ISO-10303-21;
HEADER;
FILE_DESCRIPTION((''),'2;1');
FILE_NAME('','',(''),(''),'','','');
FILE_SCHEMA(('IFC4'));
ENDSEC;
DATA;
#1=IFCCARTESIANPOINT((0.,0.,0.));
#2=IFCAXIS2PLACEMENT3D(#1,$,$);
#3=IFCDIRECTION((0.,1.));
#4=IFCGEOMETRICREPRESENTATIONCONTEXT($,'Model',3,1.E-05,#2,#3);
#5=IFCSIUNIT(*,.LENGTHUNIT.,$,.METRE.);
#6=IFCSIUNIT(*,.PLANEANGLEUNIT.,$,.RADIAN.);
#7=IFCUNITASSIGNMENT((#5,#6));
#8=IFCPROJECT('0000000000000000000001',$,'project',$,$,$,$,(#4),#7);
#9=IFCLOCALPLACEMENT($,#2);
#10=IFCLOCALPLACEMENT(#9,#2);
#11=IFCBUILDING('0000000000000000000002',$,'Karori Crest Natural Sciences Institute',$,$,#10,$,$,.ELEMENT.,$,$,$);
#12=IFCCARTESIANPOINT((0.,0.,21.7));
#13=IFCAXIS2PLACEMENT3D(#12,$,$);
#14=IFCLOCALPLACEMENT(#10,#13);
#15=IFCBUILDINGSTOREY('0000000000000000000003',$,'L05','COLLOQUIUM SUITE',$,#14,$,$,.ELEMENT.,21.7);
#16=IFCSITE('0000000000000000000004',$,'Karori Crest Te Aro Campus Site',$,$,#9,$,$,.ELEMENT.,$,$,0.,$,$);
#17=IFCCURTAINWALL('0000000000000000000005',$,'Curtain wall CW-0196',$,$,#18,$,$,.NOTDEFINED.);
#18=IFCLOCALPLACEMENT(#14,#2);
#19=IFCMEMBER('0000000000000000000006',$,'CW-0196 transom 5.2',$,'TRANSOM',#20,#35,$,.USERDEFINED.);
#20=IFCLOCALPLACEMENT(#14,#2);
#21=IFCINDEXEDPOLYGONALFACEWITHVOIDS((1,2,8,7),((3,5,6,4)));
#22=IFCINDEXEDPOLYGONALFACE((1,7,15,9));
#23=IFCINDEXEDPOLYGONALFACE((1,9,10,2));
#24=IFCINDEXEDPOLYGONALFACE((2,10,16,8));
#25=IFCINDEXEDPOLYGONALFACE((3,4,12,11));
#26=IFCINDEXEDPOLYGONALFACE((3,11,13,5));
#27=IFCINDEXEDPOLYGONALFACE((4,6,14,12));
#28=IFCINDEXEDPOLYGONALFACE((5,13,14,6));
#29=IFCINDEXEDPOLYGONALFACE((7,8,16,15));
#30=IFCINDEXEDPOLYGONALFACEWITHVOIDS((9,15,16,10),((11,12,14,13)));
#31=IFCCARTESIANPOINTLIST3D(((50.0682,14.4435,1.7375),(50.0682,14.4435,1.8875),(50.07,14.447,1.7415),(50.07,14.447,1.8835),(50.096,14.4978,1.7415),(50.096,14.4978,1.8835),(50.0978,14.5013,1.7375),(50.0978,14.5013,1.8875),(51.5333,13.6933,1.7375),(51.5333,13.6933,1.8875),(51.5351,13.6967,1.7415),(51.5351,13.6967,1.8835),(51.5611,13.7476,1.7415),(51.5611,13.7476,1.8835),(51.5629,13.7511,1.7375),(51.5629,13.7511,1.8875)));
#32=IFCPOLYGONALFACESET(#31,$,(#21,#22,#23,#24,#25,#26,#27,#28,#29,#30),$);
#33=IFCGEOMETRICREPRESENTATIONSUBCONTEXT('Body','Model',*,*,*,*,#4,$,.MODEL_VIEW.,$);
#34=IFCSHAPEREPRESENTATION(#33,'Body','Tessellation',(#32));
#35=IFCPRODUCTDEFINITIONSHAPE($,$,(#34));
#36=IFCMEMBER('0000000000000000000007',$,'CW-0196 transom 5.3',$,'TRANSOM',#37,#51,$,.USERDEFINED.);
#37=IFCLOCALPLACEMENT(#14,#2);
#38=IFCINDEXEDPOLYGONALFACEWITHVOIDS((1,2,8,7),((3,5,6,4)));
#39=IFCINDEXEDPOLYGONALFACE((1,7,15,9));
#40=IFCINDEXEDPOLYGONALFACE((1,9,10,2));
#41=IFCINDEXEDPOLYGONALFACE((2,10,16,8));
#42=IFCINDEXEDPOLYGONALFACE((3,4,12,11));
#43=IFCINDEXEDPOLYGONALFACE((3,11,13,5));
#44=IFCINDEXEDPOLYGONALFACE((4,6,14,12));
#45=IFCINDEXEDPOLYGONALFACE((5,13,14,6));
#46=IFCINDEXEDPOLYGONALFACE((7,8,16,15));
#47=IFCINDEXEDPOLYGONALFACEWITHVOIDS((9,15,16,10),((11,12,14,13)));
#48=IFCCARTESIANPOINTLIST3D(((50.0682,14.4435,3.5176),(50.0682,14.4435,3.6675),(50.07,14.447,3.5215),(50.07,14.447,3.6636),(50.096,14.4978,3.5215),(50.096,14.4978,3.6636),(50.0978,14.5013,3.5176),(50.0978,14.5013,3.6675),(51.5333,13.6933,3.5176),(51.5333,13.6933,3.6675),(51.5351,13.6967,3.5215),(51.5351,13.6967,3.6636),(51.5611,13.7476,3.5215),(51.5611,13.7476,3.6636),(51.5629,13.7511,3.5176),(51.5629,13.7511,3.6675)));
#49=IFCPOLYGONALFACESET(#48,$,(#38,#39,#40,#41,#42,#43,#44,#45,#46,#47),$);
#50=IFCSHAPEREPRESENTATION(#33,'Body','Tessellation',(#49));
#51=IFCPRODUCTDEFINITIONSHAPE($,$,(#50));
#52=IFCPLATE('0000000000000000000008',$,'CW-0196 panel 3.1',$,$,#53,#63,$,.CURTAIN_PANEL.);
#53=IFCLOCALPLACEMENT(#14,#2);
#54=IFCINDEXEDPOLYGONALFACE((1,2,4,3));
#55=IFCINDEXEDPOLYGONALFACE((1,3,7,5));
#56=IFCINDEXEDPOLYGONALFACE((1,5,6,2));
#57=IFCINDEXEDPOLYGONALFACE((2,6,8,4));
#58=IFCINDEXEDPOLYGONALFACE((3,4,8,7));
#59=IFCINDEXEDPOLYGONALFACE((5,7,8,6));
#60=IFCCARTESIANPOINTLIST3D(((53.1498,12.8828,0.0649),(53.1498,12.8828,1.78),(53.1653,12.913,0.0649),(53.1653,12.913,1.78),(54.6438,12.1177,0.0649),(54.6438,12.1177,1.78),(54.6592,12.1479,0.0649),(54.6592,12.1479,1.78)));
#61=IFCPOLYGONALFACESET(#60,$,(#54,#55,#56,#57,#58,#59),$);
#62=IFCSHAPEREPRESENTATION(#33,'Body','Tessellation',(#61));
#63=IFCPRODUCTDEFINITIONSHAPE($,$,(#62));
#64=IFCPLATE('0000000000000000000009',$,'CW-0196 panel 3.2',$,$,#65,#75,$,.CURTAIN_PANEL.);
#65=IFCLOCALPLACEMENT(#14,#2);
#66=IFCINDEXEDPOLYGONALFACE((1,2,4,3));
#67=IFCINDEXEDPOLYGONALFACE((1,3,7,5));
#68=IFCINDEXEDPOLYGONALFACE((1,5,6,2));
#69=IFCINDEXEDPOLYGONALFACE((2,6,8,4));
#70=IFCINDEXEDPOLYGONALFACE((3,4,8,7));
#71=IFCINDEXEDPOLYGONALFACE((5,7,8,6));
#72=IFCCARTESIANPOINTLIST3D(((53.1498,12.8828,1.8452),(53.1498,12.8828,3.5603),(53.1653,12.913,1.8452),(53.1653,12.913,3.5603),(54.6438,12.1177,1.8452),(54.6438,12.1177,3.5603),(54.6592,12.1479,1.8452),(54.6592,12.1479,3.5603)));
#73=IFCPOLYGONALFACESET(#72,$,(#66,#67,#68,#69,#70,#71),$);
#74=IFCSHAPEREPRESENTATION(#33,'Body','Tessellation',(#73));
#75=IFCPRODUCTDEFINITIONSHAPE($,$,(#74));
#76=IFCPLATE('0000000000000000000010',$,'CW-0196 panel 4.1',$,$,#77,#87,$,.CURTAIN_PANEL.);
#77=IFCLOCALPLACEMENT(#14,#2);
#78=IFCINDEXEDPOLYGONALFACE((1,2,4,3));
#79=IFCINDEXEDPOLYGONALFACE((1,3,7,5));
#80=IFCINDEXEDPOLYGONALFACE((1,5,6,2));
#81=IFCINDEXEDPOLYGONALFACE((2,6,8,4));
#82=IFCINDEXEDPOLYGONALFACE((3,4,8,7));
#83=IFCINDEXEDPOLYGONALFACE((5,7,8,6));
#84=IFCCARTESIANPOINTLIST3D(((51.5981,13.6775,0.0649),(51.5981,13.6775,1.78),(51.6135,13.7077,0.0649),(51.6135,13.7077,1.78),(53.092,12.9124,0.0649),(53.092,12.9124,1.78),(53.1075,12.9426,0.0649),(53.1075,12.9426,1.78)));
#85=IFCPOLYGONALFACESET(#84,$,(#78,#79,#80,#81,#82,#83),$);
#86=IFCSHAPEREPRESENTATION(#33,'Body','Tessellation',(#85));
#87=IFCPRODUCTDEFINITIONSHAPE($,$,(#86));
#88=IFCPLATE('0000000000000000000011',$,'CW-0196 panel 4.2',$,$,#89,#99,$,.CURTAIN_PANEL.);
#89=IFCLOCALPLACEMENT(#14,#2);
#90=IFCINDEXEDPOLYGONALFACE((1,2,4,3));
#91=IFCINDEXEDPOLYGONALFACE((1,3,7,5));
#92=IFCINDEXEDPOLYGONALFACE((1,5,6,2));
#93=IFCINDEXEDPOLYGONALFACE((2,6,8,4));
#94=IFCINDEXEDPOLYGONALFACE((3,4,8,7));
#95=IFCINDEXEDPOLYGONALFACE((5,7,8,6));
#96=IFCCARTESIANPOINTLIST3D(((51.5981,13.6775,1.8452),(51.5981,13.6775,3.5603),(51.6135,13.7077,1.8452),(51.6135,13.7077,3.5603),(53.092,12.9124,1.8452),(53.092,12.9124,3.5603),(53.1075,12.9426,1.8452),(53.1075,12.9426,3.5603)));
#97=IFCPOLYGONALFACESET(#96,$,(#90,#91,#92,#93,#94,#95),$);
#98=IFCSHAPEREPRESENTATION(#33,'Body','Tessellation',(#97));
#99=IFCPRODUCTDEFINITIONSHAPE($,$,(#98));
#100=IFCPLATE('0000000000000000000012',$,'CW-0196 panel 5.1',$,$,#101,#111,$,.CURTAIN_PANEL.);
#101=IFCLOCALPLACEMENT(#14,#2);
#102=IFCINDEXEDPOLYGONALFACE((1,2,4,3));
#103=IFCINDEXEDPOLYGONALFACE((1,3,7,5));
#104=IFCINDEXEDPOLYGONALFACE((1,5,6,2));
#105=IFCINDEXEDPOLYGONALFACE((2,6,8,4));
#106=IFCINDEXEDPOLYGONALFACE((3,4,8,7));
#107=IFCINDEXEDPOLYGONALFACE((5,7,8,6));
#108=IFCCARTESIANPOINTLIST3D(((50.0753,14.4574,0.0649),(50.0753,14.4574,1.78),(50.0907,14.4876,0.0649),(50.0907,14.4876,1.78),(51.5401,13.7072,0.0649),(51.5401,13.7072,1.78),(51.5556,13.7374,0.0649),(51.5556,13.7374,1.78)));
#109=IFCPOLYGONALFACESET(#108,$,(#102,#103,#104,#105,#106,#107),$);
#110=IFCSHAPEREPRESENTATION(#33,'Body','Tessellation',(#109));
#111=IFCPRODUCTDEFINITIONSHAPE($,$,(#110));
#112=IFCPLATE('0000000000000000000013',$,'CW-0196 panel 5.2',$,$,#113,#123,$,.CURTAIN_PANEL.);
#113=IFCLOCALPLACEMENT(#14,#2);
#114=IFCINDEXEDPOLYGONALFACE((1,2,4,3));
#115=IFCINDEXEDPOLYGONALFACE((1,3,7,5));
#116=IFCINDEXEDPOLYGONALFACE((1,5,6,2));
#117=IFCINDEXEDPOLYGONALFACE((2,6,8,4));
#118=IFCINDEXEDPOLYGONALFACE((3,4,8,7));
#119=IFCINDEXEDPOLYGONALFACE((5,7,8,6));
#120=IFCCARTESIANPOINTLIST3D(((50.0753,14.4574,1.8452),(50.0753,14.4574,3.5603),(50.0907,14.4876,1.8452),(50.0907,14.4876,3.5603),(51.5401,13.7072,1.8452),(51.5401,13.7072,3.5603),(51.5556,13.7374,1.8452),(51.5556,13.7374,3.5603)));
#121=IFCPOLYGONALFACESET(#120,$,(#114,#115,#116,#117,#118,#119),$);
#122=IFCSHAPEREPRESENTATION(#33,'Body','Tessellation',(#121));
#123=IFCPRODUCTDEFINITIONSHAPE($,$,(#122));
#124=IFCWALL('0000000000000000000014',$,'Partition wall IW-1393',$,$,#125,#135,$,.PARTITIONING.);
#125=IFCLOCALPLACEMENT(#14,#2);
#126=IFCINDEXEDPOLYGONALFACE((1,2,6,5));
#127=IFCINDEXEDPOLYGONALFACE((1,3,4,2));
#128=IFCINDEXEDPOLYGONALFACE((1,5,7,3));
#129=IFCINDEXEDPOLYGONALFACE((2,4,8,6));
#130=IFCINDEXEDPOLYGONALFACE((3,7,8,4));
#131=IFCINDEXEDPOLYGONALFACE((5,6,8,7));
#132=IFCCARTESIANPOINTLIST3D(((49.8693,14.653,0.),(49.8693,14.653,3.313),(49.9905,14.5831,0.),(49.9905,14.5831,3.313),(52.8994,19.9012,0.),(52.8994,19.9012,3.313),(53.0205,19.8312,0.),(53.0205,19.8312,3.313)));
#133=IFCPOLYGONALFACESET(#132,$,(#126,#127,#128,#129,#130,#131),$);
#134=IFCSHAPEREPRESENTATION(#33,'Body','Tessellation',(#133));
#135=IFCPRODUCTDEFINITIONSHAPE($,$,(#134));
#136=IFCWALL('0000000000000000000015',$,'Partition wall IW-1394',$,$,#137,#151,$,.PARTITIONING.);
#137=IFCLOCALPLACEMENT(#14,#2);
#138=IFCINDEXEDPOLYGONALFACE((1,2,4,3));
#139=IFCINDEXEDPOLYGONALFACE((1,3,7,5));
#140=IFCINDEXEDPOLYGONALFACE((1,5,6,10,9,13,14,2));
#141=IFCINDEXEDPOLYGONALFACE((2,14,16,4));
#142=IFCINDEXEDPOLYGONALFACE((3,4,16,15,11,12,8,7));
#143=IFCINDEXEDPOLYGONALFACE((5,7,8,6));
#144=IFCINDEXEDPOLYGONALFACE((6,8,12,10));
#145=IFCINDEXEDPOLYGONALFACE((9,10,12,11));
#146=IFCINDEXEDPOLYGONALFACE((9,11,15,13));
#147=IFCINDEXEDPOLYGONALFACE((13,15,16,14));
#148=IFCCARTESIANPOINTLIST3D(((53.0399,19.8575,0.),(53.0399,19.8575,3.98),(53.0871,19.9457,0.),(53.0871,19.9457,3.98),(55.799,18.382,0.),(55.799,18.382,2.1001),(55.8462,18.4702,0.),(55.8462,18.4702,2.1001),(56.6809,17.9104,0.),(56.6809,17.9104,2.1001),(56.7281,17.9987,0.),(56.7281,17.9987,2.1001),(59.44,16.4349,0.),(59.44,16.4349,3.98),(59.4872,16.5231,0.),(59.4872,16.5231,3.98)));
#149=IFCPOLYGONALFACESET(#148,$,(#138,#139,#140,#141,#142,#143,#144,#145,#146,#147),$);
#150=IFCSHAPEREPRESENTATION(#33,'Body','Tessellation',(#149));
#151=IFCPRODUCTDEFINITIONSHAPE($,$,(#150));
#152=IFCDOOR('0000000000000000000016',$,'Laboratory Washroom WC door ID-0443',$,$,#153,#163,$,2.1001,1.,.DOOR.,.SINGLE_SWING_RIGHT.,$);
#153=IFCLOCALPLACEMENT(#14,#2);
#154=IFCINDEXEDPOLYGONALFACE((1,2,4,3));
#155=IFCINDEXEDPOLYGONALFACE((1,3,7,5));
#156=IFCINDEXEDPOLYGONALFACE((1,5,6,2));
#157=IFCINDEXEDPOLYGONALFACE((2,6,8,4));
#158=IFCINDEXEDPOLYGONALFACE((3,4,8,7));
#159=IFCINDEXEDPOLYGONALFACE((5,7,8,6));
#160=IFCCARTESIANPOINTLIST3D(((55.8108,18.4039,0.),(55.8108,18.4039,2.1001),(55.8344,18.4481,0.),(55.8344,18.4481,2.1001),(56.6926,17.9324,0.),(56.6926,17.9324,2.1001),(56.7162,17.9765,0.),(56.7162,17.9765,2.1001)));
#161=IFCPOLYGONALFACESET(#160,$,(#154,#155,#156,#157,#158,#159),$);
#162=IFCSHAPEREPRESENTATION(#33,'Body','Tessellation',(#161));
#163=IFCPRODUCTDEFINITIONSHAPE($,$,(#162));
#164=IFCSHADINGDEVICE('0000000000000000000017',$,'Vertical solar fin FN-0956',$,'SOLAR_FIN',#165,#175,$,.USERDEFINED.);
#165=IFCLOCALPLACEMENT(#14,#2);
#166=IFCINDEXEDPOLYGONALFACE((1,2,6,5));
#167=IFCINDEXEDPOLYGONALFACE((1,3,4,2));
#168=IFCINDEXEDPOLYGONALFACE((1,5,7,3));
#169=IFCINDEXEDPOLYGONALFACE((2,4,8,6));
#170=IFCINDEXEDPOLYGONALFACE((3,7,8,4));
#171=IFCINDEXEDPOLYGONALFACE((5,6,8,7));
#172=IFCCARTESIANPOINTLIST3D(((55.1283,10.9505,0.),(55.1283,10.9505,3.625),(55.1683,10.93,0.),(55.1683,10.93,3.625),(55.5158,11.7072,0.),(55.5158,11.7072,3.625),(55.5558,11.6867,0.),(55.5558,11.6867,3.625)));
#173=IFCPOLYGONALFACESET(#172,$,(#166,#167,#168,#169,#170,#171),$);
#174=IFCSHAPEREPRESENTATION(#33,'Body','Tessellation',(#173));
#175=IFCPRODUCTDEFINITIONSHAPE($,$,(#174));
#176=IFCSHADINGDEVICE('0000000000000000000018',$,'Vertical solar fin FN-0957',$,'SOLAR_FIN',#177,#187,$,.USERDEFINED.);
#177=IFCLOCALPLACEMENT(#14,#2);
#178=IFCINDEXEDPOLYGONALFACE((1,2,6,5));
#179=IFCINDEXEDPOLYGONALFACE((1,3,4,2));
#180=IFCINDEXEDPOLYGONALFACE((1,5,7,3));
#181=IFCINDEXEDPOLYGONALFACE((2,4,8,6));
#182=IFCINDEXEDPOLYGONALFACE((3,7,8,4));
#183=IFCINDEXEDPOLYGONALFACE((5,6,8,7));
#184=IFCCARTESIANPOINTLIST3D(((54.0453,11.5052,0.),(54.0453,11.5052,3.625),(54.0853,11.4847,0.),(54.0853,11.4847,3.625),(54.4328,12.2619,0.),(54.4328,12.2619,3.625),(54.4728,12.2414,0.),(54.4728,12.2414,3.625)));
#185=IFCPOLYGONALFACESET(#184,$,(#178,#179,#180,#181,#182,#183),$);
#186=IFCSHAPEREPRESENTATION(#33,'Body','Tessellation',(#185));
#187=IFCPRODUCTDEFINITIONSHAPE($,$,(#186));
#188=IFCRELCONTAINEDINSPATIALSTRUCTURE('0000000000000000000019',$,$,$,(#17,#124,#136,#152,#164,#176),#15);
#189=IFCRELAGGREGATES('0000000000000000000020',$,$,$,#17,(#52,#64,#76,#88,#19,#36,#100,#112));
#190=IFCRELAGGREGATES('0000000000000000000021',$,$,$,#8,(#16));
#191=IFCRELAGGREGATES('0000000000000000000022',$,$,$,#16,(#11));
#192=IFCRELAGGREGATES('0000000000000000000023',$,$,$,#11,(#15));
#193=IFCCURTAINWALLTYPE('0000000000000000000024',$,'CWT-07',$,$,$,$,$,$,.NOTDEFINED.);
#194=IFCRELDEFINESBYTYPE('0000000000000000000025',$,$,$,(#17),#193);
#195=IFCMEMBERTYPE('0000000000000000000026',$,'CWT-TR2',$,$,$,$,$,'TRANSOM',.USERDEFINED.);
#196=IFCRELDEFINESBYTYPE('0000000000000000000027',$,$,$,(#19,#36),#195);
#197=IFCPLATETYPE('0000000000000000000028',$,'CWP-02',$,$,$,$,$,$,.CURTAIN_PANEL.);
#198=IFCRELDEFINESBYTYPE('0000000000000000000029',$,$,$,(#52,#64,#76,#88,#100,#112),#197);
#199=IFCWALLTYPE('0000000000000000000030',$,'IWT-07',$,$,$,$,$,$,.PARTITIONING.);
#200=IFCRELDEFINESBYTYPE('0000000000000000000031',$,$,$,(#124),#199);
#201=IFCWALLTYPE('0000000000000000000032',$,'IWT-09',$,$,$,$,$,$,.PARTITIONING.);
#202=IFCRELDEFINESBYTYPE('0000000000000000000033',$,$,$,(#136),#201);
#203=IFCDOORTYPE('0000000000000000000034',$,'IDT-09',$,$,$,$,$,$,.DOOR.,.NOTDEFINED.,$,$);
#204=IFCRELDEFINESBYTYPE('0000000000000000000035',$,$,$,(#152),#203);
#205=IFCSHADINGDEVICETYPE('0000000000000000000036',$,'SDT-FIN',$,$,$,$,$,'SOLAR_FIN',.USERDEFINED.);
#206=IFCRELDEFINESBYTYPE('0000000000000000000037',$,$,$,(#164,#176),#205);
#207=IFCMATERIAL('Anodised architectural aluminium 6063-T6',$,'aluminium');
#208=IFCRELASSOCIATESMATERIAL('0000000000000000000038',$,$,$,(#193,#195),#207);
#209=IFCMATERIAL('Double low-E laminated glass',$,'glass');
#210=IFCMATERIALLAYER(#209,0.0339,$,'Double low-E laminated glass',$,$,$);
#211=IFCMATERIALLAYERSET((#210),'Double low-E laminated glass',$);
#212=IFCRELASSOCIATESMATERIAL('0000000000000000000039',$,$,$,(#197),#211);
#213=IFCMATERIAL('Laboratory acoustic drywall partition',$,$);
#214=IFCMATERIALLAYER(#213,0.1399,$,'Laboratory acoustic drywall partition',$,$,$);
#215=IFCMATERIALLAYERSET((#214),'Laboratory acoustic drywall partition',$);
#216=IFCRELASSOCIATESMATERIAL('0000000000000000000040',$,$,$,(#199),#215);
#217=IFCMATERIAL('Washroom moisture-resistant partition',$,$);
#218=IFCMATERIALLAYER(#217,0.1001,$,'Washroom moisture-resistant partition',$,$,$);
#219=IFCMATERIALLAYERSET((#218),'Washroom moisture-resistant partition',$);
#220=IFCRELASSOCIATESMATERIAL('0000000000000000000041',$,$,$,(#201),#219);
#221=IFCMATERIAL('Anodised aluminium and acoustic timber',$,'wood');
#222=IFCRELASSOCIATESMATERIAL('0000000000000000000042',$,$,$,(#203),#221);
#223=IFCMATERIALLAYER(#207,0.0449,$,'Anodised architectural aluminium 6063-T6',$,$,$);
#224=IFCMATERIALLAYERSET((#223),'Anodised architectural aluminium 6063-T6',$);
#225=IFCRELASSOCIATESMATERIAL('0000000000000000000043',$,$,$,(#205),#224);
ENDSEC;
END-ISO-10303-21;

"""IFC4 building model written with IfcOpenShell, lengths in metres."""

from ifc_helpers import new_model, si_unit, direction, frame, frame_2d, origin, origin_2d, place, context, subcontext, project, spatial, rectangle, hollow_rectangle, extrude, material, layer, layer_set, material_profile, profile_set, type_object, element, fill, aggregate, save


model = new_model("IFC4")

# Units and contexts
model_context = context("Model", 3, precision=1e-05, world=origin(), true_north=direction((0.0, 1.0)))
body_context = subcontext(model_context, "Body", "Model", "MODEL_VIEW")
ifc_project = project(units=[si_unit("LENGTHUNIT", "METRE"), si_unit("PLANEANGLEUNIT", "RADIAN")], contexts=[model_context])

# Site, building, storey
site_placement = place(None, origin())
site = spatial("IfcSite", under=ifc_project, at=site_placement, Name="Karori Crest Te Aro Campus Site", CompositionType="ELEMENT", RefElevation=0.0)
building_placement = place(site_placement, origin())
building = spatial("IfcBuilding", under=site, at=building_placement, Name="Karori Crest Natural Sciences Institute", CompositionType="ELEMENT")
storey_placement = place(building_placement, frame((0.0, 0.0, 21.7)))
storey = spatial("IfcBuildingStorey", under=building, at=storey_placement, Name="L05", Description="COLLOQUIUM SUITE", CompositionType="ELEMENT", Elevation=21.7)

# Shared definitions
ifc_material_1 = material(Name="Anodised architectural aluminium 6063-T6", Category="aluminium")

# Curtain wall
curtain_wall_type_1 = type_object("IfcCurtainWallType", Name="CWT-07", PredefinedType="NOTDEFINED", material=ifc_material_1)
curtain_wall_1_placement = place(storey_placement, origin())
curtain_wall_1 = element("IfcCurtainWall", 1, at=curtain_wall_1_placement, inside=storey, type_object=curtain_wall_type_1, Name="Curtain wall CW-0196", PredefinedType="NOTDEFINED")

# Members
ifc_material_profile_1 = material_profile(ifc_material_1, hollow_rectangle(XDim=0.0649, YDim=0.1499, WallThickness=0.0039, at=origin_2d()), Name="CWT150x65x4")
ifc_profile_set_1 = profile_set([ifc_material_profile_1], Name="Anodised architectural aluminium 6063-T6")
member_type_1 = type_object("IfcMemberType", Name="CWT-TR2", ElementType="TRANSOM", PredefinedType="USERDEFINED", material=ifc_profile_set_1)
member_1_placement = place(storey_placement, frame((51.5481, 13.7222, 1.8125), z_axis=(-0.890084, 0.455796, 0.0), x_axis=(-0.455796, -0.890084, 0.0)))
member_1 = element("IfcMember", 2, at=member_1_placement, type_object=member_type_1, Name="CW-0196 transom 5.2", ObjectType="TRANSOM", PredefinedType="USERDEFINED", context=body_context, shape_type="SweptSolid", body=[
    extrude(hollow_rectangle(XDim=0.0649, YDim=0.1499, WallThickness=0.0039, at=origin_2d()), origin(), (0.0, 0.0, 1.0), 1.646),
])
member_2_placement = place(storey_placement, frame((51.5481, 13.7222, 3.5925), z_axis=(-0.890084, 0.455796, 0.0), x_axis=(-0.455796, -0.890084, 0.0)))
member_2 = element("IfcMember", 3, at=member_2_placement, type_object=member_type_1, Name="CW-0196 transom 5.3", ObjectType="TRANSOM", PredefinedType="USERDEFINED", context=body_context, shape_type="SweptSolid", body=[
    extrude(hollow_rectangle(XDim=0.0649, YDim=0.1499, WallThickness=0.0039, at=origin_2d()), origin(), (0.0, 0.0, 1.0), 1.646),
])

# Plates
ifc_material_2 = material(Name="Double low-E laminated glass", Category="glass")
ifc_layer_1 = layer(ifc_material_2, 0.0339, Name="Double low-E laminated glass")
ifc_layer_set_1 = layer_set([ifc_layer_1], Name="Double low-E laminated glass")
plate_type = type_object("IfcPlateType", Name="CWP-02", PredefinedType="CURTAIN_PANEL", material=ifc_layer_set_1)
plate_1_placement = place(storey_placement, frame((53.9045, 12.5154, 0.0649), z_axis=(0.0, 0.0, 1.0), x_axis=(-0.890067, 0.455829, 0.0)))
plate_1 = element("IfcPlate", 4, at=plate_1_placement, type_object=plate_type, Name="CW-0196 panel 3.1", PredefinedType="CURTAIN_PANEL", context=body_context, shape_type="SweptSolid", body=[
    extrude(rectangle(XDim=1.6785, YDim=0.0339, at=origin_2d()), origin(), (0.0, 0.0, 1.0), 1.7151),
])
plate_2_placement = place(storey_placement, frame((53.9045, 12.5154, 1.8452), z_axis=(0.0, 0.0, 1.0), x_axis=(-0.890067, 0.455829, 0.0)))
plate_2 = element("IfcPlate", 5, at=plate_2_placement, type_object=plate_type, Name="CW-0196 panel 3.2", PredefinedType="CURTAIN_PANEL", context=body_context, shape_type="SweptSolid", body=[
    extrude(rectangle(XDim=1.6785, YDim=0.0339, at=origin_2d()), origin(), (0.0, 0.0, 1.0), 1.7151),
])
plate_3_placement = place(storey_placement, frame((52.3528, 13.3101, 0.0649), z_axis=(0.0, 0.0, 1.0), x_axis=(-0.890067, 0.455829, 0.0)))
plate_3 = element("IfcPlate", 6, at=plate_3_placement, type_object=plate_type, Name="CW-0196 panel 4.1", PredefinedType="CURTAIN_PANEL", context=body_context, shape_type="SweptSolid", body=[
    extrude(rectangle(XDim=1.6785, YDim=0.0339, at=origin_2d()), origin(), (0.0, 0.0, 1.0), 1.7151),
])
plate_4_placement = place(storey_placement, frame((52.3528, 13.3101, 1.8452), z_axis=(0.0, 0.0, 1.0), x_axis=(-0.890067, 0.455829, 0.0)))
plate_4 = element("IfcPlate", 7, at=plate_4_placement, type_object=plate_type, Name="CW-0196 panel 4.2", PredefinedType="CURTAIN_PANEL", context=body_context, shape_type="SweptSolid", body=[
    extrude(rectangle(XDim=1.6785, YDim=0.0339, at=origin_2d()), origin(), (0.0, 0.0, 1.0), 1.7151),
])
plate_5_placement = place(storey_placement, frame((50.8154, 14.0974, 0.0649), z_axis=(0.0, 0.0, 1.0), x_axis=(-0.890067, 0.455829, 0.0)))
plate_5 = element("IfcPlate", 8, at=plate_5_placement, type_object=plate_type, Name="CW-0196 panel 5.1", PredefinedType="CURTAIN_PANEL", context=body_context, shape_type="SweptSolid", body=[
    extrude(rectangle(XDim=1.6458, YDim=0.0339, at=origin_2d()), origin(), (0.0, 0.0, 1.0), 1.7151),
])
plate_6_placement = place(storey_placement, frame((50.8154, 14.0974, 1.8452), z_axis=(0.0, 0.0, 1.0), x_axis=(-0.890067, 0.455829, 0.0)))
plate_6 = element("IfcPlate", 9, at=plate_6_placement, type_object=plate_type, Name="CW-0196 panel 5.2", PredefinedType="CURTAIN_PANEL", context=body_context, shape_type="SweptSolid", body=[
    extrude(rectangle(XDim=1.6458, YDim=0.0339, at=origin_2d()), origin(), (0.0, 0.0, 1.0), 1.7151),
])
aggregate(curtain_wall_1, [plate_1, plate_2, plate_3, plate_4, member_1, member_2, plate_5, plate_6])

# Wall
ifc_material_3 = material(Name="Laboratory acoustic drywall partition")
ifc_layer_2 = layer(ifc_material_3, 0.1399, Name="Laboratory acoustic drywall partition")
ifc_layer_set_2 = layer_set([ifc_layer_2], Name="Laboratory acoustic drywall partition")
wall_type_1 = type_object("IfcWallType", Name="IWT-07", PredefinedType="PARTITIONING", material=ifc_layer_set_2)
wall_1_placement = place(storey_placement, frame((52.96, 19.8662, 0.0), z_axis=(0.0, 0.0, 1.0), x_axis=(-0.500008, -0.866021, 0.0)))
element("IfcWall", 10, at=wall_1_placement, inside=storey, type_object=wall_type_1, Name="Partition wall IW-1393", PredefinedType="PARTITIONING", context=body_context, shape_type="SweptSolid", body=[
    extrude(rectangle(XDim=6.0601, YDim=0.1399, at=frame_2d((3.03, 0.0))), origin(), (0.0, 0.0, 1.0), 3.313),
])

# Wall, opening, door
ifc_material_4 = material(Name="Washroom moisture-resistant partition")
ifc_layer_3 = layer(ifc_material_4, 0.1001, Name="Washroom moisture-resistant partition")
ifc_layer_set_3 = layer_set([ifc_layer_3], Name="Washroom moisture-resistant partition")
wall_type_2 = type_object("IfcWallType", Name="IWT-09", PredefinedType="PARTITIONING", material=ifc_layer_set_3)
wall_2_placement = place(storey_placement, frame((53.0635, 19.9016, 0.0), z_axis=(0.0, 0.0, 1.0), x_axis=(0.881826, -0.471574, 0.0)))
wall_2 = element("IfcWall", 11, at=wall_2_placement, inside=storey, type_object=wall_type_2, Name="Partition wall IW-1394", PredefinedType="PARTITIONING", context=body_context, shape_type="SweptSolid", body=[
    extrude(rectangle(XDim=7.2578, YDim=0.1001, at=frame_2d((3.6289, 0.0))), origin(), (0.0, 0.0, 1.0), 3.98),
])
opening_placement = place(wall_2_placement, frame((3.1289, 0.0, 0.0)))
opening = element("IfcOpeningElement", 12, at=opening_placement, cuts=wall_2, PredefinedType="OPENING", context=body_context, shape_type="SweptSolid", body=[
    extrude(rectangle(XDim=1.0, YDim=2.1001, at=frame_2d((0.5, 1.05))), frame((0.0, 0.0601, 0.0), z_axis=(0.0, -1.0, 0.0), x_axis=(1.0, 0.0, 0.0)), (0.0, 0.0, 1.0), 0.1201),
])
ifc_material_5 = material(Name="Anodised aluminium and acoustic timber", Category="wood")
door_type = type_object("IfcDoorType", Name="IDT-09", OperationType="NOTDEFINED", PredefinedType="DOOR", material=ifc_material_5)
door_placement = place(opening_placement, origin())
door = element("IfcDoor", 13, at=door_placement, inside=storey, type_object=door_type, Name="Laboratory Washroom WC door ID-0443", OperationType="SINGLE_SWING_RIGHT", OverallHeight=2.1001, OverallWidth=1.0, PredefinedType="DOOR", context=body_context, shape_type="SweptSolid", body=[
    extrude(rectangle(XDim=1.0, YDim=2.1001, at=frame_2d((0.5, 1.05))), frame((0.0, 0.0249, 0.0), z_axis=(0.0, -1.0, 0.0), x_axis=(1.0, 0.0, 0.0)), (0.0, 0.0, 1.0), 0.05),
])
fill(opening, door)

# Shading devices
ifc_layer_4 = layer(ifc_material_1, 0.0449, Name="Anodised architectural aluminium 6063-T6")
ifc_layer_set_4 = layer_set([ifc_layer_4], Name="Anodised architectural aluminium 6063-T6")
shading_device_type = type_object("IfcShadingDeviceType", Name="SDT-FIN", ElementType="SOLAR_FIN", PredefinedType="USERDEFINED", material=ifc_layer_set_4)
for number, where, z_axis, x_axis, name in (
    (14, (55.342, 11.3186, 0.0), (0.0, 0.0, 1.0), (-0.455829, -0.890067, 0.0), "Vertical solar fin FN-0956"),
    (15, (54.259, 11.8733, 0.0), (0.0, 0.0, 1.0), (-0.455829, -0.890067, 0.0), "Vertical solar fin FN-0957"),
):
    element("IfcShadingDevice", number, at=place(storey_placement, frame(where, z_axis=z_axis, x_axis=x_axis)), inside=storey, type_object=shading_device_type, Name=name, ObjectType="SOLAR_FIN", PredefinedType="USERDEFINED", context=body_context, shape_type="SweptSolid", body=[
        extrude(rectangle(XDim=0.8501, YDim=0.0449, at=origin_2d()), origin(), (0.0, 0.0, 1.0), 3.625),
    ])

save(model, "model.ifc")
